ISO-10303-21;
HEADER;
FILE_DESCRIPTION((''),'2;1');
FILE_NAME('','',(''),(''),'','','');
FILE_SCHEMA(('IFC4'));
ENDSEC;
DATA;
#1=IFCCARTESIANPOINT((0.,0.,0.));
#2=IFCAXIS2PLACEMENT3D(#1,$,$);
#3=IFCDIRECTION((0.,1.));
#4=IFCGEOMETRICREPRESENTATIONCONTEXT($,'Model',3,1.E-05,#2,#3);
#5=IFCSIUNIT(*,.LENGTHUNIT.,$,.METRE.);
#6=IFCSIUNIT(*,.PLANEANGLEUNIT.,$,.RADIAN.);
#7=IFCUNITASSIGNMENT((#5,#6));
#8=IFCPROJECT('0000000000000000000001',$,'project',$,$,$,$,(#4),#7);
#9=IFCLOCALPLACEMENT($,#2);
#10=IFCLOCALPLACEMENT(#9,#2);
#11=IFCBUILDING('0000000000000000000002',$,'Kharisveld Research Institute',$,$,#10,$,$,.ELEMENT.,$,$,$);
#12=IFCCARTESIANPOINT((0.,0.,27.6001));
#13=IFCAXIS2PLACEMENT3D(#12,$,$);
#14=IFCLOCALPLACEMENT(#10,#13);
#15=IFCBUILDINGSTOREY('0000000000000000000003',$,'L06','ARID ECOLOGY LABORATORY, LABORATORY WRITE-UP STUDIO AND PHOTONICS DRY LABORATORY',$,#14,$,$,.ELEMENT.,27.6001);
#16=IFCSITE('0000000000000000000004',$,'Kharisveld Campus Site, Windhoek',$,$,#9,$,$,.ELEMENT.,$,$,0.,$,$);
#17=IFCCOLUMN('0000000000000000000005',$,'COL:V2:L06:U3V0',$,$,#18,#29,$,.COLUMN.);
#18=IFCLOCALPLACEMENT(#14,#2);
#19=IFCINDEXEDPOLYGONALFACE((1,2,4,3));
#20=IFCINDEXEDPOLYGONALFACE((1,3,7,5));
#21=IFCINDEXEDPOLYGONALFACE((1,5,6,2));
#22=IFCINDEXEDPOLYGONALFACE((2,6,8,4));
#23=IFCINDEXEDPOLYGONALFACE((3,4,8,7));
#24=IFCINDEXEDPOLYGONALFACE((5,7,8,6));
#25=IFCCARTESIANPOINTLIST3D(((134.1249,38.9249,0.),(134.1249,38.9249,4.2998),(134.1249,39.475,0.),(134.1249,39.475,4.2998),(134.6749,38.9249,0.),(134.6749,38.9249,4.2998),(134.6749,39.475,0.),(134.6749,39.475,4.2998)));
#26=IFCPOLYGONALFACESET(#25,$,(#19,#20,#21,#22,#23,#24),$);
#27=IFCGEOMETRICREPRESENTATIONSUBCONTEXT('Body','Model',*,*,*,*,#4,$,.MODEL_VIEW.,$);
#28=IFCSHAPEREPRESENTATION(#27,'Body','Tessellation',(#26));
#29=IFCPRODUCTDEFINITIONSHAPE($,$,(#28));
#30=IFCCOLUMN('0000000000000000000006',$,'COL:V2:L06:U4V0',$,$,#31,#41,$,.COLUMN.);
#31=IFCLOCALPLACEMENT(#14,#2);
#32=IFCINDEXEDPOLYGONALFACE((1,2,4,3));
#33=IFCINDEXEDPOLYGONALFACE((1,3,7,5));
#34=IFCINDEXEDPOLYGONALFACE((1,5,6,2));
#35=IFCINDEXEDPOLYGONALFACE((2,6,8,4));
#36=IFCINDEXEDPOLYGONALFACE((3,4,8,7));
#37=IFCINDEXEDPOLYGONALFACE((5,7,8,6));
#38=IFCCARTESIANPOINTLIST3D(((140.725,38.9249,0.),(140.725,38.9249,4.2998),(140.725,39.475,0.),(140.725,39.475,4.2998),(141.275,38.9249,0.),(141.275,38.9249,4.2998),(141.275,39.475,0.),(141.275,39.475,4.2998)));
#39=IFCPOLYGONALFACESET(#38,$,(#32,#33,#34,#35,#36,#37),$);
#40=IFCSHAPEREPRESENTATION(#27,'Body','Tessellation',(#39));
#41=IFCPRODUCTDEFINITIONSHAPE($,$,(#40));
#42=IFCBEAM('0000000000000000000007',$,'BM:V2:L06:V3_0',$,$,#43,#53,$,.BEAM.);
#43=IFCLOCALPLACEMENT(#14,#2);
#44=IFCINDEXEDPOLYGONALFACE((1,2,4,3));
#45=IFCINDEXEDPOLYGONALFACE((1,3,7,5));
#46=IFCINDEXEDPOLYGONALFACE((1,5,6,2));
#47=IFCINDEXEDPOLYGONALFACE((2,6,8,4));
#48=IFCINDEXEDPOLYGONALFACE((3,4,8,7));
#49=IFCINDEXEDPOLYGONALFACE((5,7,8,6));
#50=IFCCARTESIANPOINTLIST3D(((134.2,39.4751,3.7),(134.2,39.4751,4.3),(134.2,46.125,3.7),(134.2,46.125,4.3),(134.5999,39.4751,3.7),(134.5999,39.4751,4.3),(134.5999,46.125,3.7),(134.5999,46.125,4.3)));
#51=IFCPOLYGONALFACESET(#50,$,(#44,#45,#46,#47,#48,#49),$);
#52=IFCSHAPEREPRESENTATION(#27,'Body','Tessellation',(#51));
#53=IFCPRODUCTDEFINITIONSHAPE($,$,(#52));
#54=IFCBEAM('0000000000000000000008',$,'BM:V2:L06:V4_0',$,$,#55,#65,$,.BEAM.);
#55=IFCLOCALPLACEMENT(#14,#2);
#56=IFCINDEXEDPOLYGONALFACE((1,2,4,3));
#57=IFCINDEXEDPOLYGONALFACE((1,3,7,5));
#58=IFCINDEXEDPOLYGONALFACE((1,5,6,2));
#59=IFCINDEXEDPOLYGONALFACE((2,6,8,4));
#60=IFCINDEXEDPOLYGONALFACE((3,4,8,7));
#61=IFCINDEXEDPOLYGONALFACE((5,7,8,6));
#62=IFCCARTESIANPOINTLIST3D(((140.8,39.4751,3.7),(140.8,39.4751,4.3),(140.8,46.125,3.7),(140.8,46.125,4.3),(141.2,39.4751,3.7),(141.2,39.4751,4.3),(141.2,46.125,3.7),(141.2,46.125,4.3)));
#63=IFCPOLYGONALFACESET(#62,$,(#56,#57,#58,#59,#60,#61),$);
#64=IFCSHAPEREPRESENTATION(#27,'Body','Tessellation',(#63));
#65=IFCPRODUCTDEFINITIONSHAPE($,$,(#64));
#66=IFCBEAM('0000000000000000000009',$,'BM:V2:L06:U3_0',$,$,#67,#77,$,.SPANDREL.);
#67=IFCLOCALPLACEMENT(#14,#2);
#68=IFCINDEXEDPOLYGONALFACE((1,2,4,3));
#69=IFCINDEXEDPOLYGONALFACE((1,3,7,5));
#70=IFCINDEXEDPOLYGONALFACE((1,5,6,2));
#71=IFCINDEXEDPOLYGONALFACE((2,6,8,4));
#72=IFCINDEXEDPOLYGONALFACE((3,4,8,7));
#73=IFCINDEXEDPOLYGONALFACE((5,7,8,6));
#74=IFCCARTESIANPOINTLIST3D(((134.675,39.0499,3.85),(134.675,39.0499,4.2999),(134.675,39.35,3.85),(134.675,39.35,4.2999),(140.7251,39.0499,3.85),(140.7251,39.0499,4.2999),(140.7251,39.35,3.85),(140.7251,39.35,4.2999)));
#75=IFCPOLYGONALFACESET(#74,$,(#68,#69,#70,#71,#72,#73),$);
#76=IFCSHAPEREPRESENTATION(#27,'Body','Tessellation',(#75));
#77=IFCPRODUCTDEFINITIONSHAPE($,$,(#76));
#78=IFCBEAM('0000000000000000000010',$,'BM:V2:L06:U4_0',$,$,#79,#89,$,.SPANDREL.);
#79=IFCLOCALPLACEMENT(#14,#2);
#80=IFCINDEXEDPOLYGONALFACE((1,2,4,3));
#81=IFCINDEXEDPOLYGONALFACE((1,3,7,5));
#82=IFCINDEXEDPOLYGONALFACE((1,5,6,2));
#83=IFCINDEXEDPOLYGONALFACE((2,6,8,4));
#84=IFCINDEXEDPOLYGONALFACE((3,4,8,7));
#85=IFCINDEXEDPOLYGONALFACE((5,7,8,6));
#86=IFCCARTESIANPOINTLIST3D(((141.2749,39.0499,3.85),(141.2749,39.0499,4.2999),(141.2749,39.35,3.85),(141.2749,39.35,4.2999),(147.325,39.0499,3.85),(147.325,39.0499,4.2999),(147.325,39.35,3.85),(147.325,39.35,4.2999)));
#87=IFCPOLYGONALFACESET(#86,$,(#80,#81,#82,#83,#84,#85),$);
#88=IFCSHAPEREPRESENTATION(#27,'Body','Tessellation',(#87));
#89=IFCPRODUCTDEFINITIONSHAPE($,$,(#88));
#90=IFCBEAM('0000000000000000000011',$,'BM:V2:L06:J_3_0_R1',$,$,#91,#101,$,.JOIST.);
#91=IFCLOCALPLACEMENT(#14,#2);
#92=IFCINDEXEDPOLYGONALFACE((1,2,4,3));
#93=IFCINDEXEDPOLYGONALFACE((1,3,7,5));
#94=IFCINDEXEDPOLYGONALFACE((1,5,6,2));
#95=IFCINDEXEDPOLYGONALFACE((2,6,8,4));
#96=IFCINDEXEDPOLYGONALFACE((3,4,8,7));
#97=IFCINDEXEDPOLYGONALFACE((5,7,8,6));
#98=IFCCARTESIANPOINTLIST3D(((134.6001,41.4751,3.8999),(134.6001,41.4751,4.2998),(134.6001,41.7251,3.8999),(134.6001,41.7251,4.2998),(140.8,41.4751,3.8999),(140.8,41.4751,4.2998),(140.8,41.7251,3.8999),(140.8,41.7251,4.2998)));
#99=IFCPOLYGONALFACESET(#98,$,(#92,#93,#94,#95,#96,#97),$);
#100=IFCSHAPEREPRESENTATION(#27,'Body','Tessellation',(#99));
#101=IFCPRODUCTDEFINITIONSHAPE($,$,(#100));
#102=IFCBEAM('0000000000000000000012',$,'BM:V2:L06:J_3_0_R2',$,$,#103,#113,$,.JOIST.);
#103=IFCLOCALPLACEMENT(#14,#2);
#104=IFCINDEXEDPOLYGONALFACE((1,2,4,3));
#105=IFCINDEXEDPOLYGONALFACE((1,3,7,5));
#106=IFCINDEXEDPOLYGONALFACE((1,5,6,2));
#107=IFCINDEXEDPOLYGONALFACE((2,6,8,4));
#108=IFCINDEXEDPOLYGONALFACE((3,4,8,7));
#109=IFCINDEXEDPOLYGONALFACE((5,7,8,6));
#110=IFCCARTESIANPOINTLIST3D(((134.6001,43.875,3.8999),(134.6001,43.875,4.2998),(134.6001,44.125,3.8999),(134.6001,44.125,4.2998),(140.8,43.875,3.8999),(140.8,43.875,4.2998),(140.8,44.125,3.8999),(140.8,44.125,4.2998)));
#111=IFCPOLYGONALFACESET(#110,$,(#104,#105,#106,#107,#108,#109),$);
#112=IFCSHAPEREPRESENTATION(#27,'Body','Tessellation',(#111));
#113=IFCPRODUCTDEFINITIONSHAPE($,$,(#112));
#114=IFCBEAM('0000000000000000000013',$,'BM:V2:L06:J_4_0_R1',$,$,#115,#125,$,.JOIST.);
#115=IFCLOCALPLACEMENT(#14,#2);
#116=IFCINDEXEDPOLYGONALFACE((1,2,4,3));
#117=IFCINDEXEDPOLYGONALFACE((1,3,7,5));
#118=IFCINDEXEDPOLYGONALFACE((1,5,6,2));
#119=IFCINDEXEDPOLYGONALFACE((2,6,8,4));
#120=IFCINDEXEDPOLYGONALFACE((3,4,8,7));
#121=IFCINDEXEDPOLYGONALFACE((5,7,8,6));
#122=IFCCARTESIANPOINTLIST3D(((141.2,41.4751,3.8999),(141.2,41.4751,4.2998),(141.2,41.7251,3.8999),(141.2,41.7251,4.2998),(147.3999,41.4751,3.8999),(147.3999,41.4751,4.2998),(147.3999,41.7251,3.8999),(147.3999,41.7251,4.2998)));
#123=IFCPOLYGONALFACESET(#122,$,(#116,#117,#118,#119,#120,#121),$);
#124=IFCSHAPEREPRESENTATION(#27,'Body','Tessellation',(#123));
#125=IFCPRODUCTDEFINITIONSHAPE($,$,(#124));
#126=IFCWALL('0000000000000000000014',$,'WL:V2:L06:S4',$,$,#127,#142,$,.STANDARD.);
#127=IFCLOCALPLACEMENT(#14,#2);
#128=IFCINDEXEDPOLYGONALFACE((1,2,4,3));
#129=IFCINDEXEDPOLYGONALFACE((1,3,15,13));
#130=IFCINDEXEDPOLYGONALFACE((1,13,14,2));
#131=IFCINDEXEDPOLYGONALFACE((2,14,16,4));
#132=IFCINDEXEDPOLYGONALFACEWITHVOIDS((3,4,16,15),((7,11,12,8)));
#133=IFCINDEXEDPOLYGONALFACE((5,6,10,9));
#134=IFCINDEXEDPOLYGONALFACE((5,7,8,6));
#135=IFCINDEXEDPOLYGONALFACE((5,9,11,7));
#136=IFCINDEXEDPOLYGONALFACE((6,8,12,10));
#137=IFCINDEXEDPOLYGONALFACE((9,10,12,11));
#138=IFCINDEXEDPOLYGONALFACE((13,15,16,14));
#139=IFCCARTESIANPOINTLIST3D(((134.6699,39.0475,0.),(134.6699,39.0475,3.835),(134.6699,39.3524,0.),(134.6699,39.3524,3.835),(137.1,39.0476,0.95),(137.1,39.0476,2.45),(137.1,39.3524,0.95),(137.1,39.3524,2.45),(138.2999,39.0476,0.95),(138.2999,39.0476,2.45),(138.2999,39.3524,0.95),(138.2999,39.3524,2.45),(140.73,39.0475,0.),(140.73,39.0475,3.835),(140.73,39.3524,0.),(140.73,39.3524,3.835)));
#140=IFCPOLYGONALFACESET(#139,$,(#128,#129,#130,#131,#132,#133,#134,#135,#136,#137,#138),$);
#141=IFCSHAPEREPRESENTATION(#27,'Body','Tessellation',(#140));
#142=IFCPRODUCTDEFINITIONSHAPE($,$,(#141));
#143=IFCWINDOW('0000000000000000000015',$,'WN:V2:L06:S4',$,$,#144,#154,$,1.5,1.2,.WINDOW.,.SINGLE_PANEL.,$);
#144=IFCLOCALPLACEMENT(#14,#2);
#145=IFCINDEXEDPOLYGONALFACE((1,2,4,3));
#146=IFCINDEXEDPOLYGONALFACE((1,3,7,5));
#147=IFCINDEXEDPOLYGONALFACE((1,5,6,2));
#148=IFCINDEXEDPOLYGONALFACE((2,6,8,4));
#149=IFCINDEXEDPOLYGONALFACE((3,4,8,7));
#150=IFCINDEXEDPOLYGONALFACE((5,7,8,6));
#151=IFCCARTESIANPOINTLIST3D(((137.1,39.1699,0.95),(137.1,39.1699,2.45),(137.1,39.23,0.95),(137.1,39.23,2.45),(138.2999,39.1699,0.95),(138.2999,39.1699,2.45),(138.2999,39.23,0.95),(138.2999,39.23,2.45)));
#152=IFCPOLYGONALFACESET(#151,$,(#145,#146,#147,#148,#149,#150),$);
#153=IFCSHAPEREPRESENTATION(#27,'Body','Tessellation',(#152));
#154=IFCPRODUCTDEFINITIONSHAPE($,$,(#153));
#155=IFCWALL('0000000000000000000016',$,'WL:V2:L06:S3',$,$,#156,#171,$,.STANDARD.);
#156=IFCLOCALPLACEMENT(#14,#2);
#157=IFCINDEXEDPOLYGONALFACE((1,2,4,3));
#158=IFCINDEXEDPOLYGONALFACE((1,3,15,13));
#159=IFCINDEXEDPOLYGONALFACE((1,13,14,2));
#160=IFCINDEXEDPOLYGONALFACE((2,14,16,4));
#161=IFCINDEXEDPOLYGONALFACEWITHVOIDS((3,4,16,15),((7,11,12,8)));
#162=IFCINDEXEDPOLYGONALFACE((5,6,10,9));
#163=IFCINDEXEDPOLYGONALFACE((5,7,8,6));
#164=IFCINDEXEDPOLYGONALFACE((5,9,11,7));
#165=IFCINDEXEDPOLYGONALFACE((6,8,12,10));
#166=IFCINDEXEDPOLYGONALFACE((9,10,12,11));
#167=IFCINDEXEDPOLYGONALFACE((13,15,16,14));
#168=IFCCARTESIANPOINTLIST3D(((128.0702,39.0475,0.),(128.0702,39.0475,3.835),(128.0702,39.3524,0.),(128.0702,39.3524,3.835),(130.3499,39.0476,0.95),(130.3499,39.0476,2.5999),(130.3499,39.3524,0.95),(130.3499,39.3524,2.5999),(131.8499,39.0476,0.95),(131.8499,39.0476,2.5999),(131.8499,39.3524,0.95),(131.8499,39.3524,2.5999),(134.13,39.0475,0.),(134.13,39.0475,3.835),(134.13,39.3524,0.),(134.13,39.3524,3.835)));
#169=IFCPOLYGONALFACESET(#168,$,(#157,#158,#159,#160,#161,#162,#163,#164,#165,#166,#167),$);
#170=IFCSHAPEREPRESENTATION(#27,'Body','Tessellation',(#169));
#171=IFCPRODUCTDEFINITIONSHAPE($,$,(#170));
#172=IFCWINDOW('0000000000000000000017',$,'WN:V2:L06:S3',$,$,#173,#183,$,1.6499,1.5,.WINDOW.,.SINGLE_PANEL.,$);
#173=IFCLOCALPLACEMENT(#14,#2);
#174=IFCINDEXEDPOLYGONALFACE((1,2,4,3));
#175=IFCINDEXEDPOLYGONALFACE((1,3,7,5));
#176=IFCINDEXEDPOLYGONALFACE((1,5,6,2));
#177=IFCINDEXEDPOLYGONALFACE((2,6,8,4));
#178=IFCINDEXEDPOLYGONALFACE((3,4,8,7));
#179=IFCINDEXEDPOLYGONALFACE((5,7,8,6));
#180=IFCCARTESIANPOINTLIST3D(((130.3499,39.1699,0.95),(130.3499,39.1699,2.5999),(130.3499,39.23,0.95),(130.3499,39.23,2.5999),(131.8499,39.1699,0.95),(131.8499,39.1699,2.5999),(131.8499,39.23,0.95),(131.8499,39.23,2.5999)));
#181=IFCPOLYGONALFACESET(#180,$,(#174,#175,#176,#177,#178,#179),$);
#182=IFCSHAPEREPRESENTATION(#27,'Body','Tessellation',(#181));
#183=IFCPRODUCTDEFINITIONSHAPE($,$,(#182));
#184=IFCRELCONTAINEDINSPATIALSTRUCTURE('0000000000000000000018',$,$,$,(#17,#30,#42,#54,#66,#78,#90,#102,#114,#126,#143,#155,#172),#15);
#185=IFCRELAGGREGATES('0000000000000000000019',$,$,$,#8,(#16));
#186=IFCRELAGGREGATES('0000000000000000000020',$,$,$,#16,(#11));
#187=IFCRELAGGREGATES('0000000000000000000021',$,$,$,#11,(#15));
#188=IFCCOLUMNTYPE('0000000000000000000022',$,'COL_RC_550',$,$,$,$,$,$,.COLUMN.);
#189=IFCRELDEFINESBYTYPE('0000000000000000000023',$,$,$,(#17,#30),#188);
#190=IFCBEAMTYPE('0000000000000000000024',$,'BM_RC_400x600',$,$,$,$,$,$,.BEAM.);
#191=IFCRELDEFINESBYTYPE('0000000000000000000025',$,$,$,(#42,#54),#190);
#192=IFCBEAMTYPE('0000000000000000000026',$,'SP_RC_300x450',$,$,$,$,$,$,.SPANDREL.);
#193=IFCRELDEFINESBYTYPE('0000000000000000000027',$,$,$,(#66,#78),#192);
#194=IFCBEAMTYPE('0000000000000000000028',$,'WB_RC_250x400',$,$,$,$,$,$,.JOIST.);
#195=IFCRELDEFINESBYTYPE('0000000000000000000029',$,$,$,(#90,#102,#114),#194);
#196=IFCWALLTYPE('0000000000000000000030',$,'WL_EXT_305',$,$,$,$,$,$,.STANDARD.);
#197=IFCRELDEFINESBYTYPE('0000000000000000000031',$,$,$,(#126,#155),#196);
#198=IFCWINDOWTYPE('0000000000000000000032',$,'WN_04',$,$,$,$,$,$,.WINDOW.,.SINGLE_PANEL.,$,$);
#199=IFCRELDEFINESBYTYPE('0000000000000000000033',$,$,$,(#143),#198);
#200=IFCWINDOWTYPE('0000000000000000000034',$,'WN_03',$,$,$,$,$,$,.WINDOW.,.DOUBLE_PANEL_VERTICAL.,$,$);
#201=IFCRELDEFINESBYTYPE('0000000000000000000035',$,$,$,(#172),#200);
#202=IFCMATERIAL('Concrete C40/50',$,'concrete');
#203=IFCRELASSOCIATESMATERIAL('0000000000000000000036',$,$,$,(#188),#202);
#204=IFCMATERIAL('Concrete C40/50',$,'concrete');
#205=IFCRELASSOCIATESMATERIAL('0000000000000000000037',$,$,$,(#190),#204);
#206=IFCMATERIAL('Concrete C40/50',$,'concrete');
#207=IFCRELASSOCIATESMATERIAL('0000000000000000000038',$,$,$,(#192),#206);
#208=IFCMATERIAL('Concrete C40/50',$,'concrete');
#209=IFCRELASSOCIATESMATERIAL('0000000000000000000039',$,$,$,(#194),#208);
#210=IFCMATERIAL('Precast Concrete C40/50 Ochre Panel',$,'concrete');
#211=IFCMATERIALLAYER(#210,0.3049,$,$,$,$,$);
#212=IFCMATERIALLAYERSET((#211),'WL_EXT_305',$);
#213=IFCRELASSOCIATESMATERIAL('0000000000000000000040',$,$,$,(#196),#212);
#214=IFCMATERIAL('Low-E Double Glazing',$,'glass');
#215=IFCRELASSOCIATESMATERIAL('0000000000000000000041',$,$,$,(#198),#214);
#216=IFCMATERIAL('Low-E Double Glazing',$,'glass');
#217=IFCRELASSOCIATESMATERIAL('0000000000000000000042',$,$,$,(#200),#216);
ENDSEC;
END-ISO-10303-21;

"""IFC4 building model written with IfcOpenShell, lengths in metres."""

from ifc_helpers import new_model, si_unit, direction, frame, frame_2d, origin, origin_2d, place, context, subcontext, project, spatial, rectangle, extrude, material, layer, layer_set, material_profile, profile_set, type_object, element, fill, save


model = new_model("IFC4")

# Units and contexts
model_context = context("Model", 3, precision=1e-05, world=origin(), true_north=direction((0.0, 1.0)))
body_context = subcontext(model_context, "Body", "Model", "MODEL_VIEW")
ifc_project = project(units=[si_unit("LENGTHUNIT", "METRE"), si_unit("PLANEANGLEUNIT", "RADIAN")], contexts=[model_context])

# Site, building, storey
site_placement = place(None, origin())
site = spatial("IfcSite", under=ifc_project, at=site_placement, Name="Kharisveld Campus Site, Windhoek", CompositionType="ELEMENT", RefElevation=0.0)
building_placement = place(site_placement, origin())
building = spatial("IfcBuilding", under=site, at=building_placement, Name="Kharisveld Research Institute", CompositionType="ELEMENT")
storey_placement = place(building_placement, frame((0.0, 0.0, 27.6001)))
storey = spatial("IfcBuildingStorey", under=building, at=storey_placement, Name="L06", Description="ARID ECOLOGY LABORATORY, LABORATORY WRITE-UP STUDIO AND PHOTONICS DRY LABORATORY", CompositionType="ELEMENT", Elevation=27.6001)

# Columns
ifc_material_1 = material(Name="Concrete C40/50", Category="concrete")
ifc_material_profile_1 = material_profile(ifc_material_1, rectangle(XDim=0.55, YDim=0.55, at=origin_2d()))
ifc_profile_set_1 = profile_set([ifc_material_profile_1], Name="Concrete C40/50")
column_type = type_object("IfcColumnType", Name="COL_RC_550", PredefinedType="COLUMN", material=ifc_profile_set_1)
for number, where, z_axis, x_axis, name in (
    (1, (134.3999, 39.2, 0.0), (0.0, 0.0, 1.0), (1.0, 0.0, 0.0), "COL:V2:L06:U3V0"),
    (2, (141.0, 39.2, 0.0), (0.0, 0.0, 1.0), (1.0, 0.0, 0.0), "COL:V2:L06:U4V0"),
):
    element("IfcColumn", number, at=place(storey_placement, frame(where, z_axis=z_axis, x_axis=x_axis)), inside=storey, type_object=column_type, Name=name, PredefinedType="COLUMN", context=body_context, shape_type="SweptSolid", body=[
        extrude(rectangle(XDim=0.55, YDim=0.55, at=origin_2d()), origin(), (0.0, 0.0, 1.0), 4.2998),
    ])

# Beams
ifc_material_2 = material(Name="Concrete C40/50", Category="concrete")
ifc_material_profile_2 = material_profile(ifc_material_2, rectangle(XDim=0.3999, YDim=0.6001, at=origin_2d()))
ifc_profile_set_2 = profile_set([ifc_material_profile_2], Name="Concrete C40/50")
beam_type_1 = type_object("IfcBeamType", Name="BM_RC_400x600", PredefinedType="BEAM", material=ifc_profile_set_2)
for number, where, z_axis, x_axis, name in (
    (3, (134.3999, 39.4751, 4.0), (0.0, 1.0, 0.0), (-1.0, 0.0, 0.0), "BM:V2:L06:V3_0"),
    (4, (141.0, 39.4751, 4.0), (0.0, 1.0, 0.0), (-1.0, 0.0, 0.0), "BM:V2:L06:V4_0"),
):
    element("IfcBeam", number, at=place(storey_placement, frame(where, z_axis=z_axis, x_axis=x_axis)), inside=storey, type_object=beam_type_1, Name=name, PredefinedType="BEAM", context=body_context, shape_type="SweptSolid", body=[
        extrude(rectangle(XDim=0.3999, YDim=0.6001, at=origin_2d()), origin(), (0.0, 0.0, 1.0), 6.6499),
    ])
ifc_material_3 = material(Name="Concrete C40/50", Category="concrete")
ifc_material_profile_3 = material_profile(ifc_material_3, rectangle(XDim=0.3, YDim=0.45, at=origin_2d()))
ifc_profile_set_3 = profile_set([ifc_material_profile_3], Name="Concrete C40/50")
beam_type_2 = type_object("IfcBeamType", Name="SP_RC_300x450", PredefinedType="SPANDREL", material=ifc_profile_set_3)
for number, where, z_axis, x_axis, name in (
    (5, (134.675, 39.2, 4.075), (1.0, 0.0, 0.0), (0.0, 1.0, 0.0), "BM:V2:L06:U3_0"),
    (6, (141.2749, 39.2, 4.075), (1.0, 0.0, 0.0), (0.0, 1.0, 0.0), "BM:V2:L06:U4_0"),
):
    element("IfcBeam", number, at=place(storey_placement, frame(where, z_axis=z_axis, x_axis=x_axis)), inside=storey, type_object=beam_type_2, Name=name, PredefinedType="SPANDREL", context=body_context, shape_type="SweptSolid", body=[
        extrude(rectangle(XDim=0.3, YDim=0.45, at=origin_2d()), origin(), (0.0, 0.0, 1.0), 6.05),
    ])
ifc_material_4 = material(Name="Concrete C40/50", Category="concrete")
ifc_material_profile_4 = material_profile(ifc_material_4, rectangle(XDim=0.25, YDim=0.3999, at=origin_2d()))
ifc_profile_set_4 = profile_set([ifc_material_profile_4], Name="Concrete C40/50")
beam_type_3 = type_object("IfcBeamType", Name="WB_RC_250x400", PredefinedType="JOIST", material=ifc_profile_set_4)
for number, where, z_axis, x_axis, name in (
    (7, (134.6001, 41.6001, 4.0999), (1.0, 0.0, 0.0), (0.0, 1.0, 0.0), "BM:V2:L06:J_3_0_R1"),
    (8, (134.6001, 44.0, 4.0999), (1.0, 0.0, 0.0), (0.0, 1.0, 0.0), "BM:V2:L06:J_3_0_R2"),
    (9, (141.2, 41.6001, 4.0999), (1.0, 0.0, 0.0), (0.0, 1.0, 0.0), "BM:V2:L06:J_4_0_R1"),
):
    element("IfcBeam", number, at=place(storey_placement, frame(where, z_axis=z_axis, x_axis=x_axis)), inside=storey, type_object=beam_type_3, Name=name, PredefinedType="JOIST", context=body_context, shape_type="SweptSolid", body=[
        extrude(rectangle(XDim=0.25, YDim=0.3999, at=origin_2d()), origin(), (0.0, 0.0, 1.0), 6.2),
    ])

# Walls, openings, windows
ifc_material_5 = material(Name="Precast Concrete C40/50 Ochre Panel", Category="concrete")
ifc_layer_1 = layer(ifc_material_5, 0.3049)
ifc_layer_set_1 = layer_set([ifc_layer_1], Name="WL_EXT_305")
wall_type_1 = type_object("IfcWallType", Name="WL_EXT_305", PredefinedType="STANDARD", material=ifc_layer_set_1)
wall_1_placement = place(storey_placement, frame((140.73, 39.2, 0.0), z_axis=(0.0, 0.0, 1.0), x_axis=(-1.0, 0.0, 0.0)))
wall_1 = element("IfcWall", 10, at=wall_1_placement, inside=storey, type_object=wall_type_1, Name="WL:V2:L06:S4", PredefinedType="STANDARD", context=body_context, shape_type="SweptSolid", body=[
    extrude(rectangle(XDim=6.0601, YDim=0.3049, at=frame_2d((3.03, 0.0))), origin(), (0.0, 0.0, 1.0), 3.835),
])
opening_1_placement = place(wall_1_placement, frame((2.4299, 0.0, 0.95)))
opening_1 = element("IfcOpeningElement", 11, at=opening_1_placement, cuts=wall_1, PredefinedType="OPENING", context=body_context, shape_type="SweptSolid", body=[
    extrude(rectangle(XDim=1.2, YDim=1.5, at=frame_2d((0.6001, 0.75))), frame((0.0, 0.1523, 0.0), z_axis=(0.0, -1.0, 0.0), x_axis=(1.0, 0.0, 0.0)), (0.0, 0.0, 1.0), 0.3049),
])
ifc_material_6 = material(Name="Low-E Double Glazing", Category="glass")
window_type_1 = type_object("IfcWindowType", Name="WN_04", PartitioningType="SINGLE_PANEL", PredefinedType="WINDOW", material=ifc_material_6)
window_1_placement = place(opening_1_placement, origin())
window_1 = element("IfcWindow", 12, at=window_1_placement, inside=storey, type_object=window_type_1, Name="WN:V2:L06:S4", OverallHeight=1.5, OverallWidth=1.2, PartitioningType="SINGLE_PANEL", PredefinedType="WINDOW", context=body_context, shape_type="SweptSolid", body=[
    extrude(rectangle(XDim=1.2, YDim=1.5, at=frame_2d((0.6001, 0.75))), frame((0.0, 0.03, 0.0), z_axis=(0.0, -1.0, 0.0), x_axis=(1.0, 0.0, 0.0)), (0.0, 0.0, 1.0), 0.0601),
])
fill(opening_1, window_1)
wall_2_placement = place(storey_placement, frame((134.1299, 39.2, 0.0), z_axis=(0.0, 0.0, 1.0), x_axis=(-1.0, 0.0, 0.0)))
wall_2 = element("IfcWall", 13, at=wall_2_placement, inside=storey, type_object=wall_type_1, Name="WL:V2:L06:S3", PredefinedType="STANDARD", context=body_context, shape_type="SweptSolid", body=[
    extrude(rectangle(XDim=6.0598, YDim=0.3049, at=frame_2d((3.0298, 0.0))), origin(), (0.0, 0.0, 1.0), 3.835),
])
opening_2_placement = place(wall_2_placement, frame((2.28, 0.0, 0.95)))
opening_2 = element("IfcOpeningElement", 14, at=opening_2_placement, cuts=wall_2, PredefinedType="OPENING", context=body_context, shape_type="SweptSolid", body=[
    extrude(rectangle(XDim=1.5, YDim=1.6499, at=frame_2d((0.75, 0.825))), frame((0.0, 0.1523, 0.0), z_axis=(0.0, -1.0, 0.0), x_axis=(1.0, 0.0, 0.0)), (0.0, 0.0, 1.0), 0.3049),
])
ifc_material_7 = material(Name="Low-E Double Glazing", Category="glass")
window_type_2 = type_object("IfcWindowType", Name="WN_03", PartitioningType="DOUBLE_PANEL_VERTICAL", PredefinedType="WINDOW", material=ifc_material_7)
window_2_placement = place(opening_2_placement, origin())
window_2 = element("IfcWindow", 15, at=window_2_placement, inside=storey, type_object=window_type_2, Name="WN:V2:L06:S3", OverallHeight=1.6499, OverallWidth=1.5, PartitioningType="SINGLE_PANEL", PredefinedType="WINDOW", context=body_context, shape_type="SweptSolid", body=[
    extrude(rectangle(XDim=1.5, YDim=1.6499, at=frame_2d((0.75, 0.825))), frame((0.0, 0.03, 0.0), z_axis=(0.0, -1.0, 0.0), x_axis=(1.0, 0.0, 0.0)), (0.0, 0.0, 1.0), 0.0601),
])
fill(opening_2, window_2)

save(model, "model.ifc")
